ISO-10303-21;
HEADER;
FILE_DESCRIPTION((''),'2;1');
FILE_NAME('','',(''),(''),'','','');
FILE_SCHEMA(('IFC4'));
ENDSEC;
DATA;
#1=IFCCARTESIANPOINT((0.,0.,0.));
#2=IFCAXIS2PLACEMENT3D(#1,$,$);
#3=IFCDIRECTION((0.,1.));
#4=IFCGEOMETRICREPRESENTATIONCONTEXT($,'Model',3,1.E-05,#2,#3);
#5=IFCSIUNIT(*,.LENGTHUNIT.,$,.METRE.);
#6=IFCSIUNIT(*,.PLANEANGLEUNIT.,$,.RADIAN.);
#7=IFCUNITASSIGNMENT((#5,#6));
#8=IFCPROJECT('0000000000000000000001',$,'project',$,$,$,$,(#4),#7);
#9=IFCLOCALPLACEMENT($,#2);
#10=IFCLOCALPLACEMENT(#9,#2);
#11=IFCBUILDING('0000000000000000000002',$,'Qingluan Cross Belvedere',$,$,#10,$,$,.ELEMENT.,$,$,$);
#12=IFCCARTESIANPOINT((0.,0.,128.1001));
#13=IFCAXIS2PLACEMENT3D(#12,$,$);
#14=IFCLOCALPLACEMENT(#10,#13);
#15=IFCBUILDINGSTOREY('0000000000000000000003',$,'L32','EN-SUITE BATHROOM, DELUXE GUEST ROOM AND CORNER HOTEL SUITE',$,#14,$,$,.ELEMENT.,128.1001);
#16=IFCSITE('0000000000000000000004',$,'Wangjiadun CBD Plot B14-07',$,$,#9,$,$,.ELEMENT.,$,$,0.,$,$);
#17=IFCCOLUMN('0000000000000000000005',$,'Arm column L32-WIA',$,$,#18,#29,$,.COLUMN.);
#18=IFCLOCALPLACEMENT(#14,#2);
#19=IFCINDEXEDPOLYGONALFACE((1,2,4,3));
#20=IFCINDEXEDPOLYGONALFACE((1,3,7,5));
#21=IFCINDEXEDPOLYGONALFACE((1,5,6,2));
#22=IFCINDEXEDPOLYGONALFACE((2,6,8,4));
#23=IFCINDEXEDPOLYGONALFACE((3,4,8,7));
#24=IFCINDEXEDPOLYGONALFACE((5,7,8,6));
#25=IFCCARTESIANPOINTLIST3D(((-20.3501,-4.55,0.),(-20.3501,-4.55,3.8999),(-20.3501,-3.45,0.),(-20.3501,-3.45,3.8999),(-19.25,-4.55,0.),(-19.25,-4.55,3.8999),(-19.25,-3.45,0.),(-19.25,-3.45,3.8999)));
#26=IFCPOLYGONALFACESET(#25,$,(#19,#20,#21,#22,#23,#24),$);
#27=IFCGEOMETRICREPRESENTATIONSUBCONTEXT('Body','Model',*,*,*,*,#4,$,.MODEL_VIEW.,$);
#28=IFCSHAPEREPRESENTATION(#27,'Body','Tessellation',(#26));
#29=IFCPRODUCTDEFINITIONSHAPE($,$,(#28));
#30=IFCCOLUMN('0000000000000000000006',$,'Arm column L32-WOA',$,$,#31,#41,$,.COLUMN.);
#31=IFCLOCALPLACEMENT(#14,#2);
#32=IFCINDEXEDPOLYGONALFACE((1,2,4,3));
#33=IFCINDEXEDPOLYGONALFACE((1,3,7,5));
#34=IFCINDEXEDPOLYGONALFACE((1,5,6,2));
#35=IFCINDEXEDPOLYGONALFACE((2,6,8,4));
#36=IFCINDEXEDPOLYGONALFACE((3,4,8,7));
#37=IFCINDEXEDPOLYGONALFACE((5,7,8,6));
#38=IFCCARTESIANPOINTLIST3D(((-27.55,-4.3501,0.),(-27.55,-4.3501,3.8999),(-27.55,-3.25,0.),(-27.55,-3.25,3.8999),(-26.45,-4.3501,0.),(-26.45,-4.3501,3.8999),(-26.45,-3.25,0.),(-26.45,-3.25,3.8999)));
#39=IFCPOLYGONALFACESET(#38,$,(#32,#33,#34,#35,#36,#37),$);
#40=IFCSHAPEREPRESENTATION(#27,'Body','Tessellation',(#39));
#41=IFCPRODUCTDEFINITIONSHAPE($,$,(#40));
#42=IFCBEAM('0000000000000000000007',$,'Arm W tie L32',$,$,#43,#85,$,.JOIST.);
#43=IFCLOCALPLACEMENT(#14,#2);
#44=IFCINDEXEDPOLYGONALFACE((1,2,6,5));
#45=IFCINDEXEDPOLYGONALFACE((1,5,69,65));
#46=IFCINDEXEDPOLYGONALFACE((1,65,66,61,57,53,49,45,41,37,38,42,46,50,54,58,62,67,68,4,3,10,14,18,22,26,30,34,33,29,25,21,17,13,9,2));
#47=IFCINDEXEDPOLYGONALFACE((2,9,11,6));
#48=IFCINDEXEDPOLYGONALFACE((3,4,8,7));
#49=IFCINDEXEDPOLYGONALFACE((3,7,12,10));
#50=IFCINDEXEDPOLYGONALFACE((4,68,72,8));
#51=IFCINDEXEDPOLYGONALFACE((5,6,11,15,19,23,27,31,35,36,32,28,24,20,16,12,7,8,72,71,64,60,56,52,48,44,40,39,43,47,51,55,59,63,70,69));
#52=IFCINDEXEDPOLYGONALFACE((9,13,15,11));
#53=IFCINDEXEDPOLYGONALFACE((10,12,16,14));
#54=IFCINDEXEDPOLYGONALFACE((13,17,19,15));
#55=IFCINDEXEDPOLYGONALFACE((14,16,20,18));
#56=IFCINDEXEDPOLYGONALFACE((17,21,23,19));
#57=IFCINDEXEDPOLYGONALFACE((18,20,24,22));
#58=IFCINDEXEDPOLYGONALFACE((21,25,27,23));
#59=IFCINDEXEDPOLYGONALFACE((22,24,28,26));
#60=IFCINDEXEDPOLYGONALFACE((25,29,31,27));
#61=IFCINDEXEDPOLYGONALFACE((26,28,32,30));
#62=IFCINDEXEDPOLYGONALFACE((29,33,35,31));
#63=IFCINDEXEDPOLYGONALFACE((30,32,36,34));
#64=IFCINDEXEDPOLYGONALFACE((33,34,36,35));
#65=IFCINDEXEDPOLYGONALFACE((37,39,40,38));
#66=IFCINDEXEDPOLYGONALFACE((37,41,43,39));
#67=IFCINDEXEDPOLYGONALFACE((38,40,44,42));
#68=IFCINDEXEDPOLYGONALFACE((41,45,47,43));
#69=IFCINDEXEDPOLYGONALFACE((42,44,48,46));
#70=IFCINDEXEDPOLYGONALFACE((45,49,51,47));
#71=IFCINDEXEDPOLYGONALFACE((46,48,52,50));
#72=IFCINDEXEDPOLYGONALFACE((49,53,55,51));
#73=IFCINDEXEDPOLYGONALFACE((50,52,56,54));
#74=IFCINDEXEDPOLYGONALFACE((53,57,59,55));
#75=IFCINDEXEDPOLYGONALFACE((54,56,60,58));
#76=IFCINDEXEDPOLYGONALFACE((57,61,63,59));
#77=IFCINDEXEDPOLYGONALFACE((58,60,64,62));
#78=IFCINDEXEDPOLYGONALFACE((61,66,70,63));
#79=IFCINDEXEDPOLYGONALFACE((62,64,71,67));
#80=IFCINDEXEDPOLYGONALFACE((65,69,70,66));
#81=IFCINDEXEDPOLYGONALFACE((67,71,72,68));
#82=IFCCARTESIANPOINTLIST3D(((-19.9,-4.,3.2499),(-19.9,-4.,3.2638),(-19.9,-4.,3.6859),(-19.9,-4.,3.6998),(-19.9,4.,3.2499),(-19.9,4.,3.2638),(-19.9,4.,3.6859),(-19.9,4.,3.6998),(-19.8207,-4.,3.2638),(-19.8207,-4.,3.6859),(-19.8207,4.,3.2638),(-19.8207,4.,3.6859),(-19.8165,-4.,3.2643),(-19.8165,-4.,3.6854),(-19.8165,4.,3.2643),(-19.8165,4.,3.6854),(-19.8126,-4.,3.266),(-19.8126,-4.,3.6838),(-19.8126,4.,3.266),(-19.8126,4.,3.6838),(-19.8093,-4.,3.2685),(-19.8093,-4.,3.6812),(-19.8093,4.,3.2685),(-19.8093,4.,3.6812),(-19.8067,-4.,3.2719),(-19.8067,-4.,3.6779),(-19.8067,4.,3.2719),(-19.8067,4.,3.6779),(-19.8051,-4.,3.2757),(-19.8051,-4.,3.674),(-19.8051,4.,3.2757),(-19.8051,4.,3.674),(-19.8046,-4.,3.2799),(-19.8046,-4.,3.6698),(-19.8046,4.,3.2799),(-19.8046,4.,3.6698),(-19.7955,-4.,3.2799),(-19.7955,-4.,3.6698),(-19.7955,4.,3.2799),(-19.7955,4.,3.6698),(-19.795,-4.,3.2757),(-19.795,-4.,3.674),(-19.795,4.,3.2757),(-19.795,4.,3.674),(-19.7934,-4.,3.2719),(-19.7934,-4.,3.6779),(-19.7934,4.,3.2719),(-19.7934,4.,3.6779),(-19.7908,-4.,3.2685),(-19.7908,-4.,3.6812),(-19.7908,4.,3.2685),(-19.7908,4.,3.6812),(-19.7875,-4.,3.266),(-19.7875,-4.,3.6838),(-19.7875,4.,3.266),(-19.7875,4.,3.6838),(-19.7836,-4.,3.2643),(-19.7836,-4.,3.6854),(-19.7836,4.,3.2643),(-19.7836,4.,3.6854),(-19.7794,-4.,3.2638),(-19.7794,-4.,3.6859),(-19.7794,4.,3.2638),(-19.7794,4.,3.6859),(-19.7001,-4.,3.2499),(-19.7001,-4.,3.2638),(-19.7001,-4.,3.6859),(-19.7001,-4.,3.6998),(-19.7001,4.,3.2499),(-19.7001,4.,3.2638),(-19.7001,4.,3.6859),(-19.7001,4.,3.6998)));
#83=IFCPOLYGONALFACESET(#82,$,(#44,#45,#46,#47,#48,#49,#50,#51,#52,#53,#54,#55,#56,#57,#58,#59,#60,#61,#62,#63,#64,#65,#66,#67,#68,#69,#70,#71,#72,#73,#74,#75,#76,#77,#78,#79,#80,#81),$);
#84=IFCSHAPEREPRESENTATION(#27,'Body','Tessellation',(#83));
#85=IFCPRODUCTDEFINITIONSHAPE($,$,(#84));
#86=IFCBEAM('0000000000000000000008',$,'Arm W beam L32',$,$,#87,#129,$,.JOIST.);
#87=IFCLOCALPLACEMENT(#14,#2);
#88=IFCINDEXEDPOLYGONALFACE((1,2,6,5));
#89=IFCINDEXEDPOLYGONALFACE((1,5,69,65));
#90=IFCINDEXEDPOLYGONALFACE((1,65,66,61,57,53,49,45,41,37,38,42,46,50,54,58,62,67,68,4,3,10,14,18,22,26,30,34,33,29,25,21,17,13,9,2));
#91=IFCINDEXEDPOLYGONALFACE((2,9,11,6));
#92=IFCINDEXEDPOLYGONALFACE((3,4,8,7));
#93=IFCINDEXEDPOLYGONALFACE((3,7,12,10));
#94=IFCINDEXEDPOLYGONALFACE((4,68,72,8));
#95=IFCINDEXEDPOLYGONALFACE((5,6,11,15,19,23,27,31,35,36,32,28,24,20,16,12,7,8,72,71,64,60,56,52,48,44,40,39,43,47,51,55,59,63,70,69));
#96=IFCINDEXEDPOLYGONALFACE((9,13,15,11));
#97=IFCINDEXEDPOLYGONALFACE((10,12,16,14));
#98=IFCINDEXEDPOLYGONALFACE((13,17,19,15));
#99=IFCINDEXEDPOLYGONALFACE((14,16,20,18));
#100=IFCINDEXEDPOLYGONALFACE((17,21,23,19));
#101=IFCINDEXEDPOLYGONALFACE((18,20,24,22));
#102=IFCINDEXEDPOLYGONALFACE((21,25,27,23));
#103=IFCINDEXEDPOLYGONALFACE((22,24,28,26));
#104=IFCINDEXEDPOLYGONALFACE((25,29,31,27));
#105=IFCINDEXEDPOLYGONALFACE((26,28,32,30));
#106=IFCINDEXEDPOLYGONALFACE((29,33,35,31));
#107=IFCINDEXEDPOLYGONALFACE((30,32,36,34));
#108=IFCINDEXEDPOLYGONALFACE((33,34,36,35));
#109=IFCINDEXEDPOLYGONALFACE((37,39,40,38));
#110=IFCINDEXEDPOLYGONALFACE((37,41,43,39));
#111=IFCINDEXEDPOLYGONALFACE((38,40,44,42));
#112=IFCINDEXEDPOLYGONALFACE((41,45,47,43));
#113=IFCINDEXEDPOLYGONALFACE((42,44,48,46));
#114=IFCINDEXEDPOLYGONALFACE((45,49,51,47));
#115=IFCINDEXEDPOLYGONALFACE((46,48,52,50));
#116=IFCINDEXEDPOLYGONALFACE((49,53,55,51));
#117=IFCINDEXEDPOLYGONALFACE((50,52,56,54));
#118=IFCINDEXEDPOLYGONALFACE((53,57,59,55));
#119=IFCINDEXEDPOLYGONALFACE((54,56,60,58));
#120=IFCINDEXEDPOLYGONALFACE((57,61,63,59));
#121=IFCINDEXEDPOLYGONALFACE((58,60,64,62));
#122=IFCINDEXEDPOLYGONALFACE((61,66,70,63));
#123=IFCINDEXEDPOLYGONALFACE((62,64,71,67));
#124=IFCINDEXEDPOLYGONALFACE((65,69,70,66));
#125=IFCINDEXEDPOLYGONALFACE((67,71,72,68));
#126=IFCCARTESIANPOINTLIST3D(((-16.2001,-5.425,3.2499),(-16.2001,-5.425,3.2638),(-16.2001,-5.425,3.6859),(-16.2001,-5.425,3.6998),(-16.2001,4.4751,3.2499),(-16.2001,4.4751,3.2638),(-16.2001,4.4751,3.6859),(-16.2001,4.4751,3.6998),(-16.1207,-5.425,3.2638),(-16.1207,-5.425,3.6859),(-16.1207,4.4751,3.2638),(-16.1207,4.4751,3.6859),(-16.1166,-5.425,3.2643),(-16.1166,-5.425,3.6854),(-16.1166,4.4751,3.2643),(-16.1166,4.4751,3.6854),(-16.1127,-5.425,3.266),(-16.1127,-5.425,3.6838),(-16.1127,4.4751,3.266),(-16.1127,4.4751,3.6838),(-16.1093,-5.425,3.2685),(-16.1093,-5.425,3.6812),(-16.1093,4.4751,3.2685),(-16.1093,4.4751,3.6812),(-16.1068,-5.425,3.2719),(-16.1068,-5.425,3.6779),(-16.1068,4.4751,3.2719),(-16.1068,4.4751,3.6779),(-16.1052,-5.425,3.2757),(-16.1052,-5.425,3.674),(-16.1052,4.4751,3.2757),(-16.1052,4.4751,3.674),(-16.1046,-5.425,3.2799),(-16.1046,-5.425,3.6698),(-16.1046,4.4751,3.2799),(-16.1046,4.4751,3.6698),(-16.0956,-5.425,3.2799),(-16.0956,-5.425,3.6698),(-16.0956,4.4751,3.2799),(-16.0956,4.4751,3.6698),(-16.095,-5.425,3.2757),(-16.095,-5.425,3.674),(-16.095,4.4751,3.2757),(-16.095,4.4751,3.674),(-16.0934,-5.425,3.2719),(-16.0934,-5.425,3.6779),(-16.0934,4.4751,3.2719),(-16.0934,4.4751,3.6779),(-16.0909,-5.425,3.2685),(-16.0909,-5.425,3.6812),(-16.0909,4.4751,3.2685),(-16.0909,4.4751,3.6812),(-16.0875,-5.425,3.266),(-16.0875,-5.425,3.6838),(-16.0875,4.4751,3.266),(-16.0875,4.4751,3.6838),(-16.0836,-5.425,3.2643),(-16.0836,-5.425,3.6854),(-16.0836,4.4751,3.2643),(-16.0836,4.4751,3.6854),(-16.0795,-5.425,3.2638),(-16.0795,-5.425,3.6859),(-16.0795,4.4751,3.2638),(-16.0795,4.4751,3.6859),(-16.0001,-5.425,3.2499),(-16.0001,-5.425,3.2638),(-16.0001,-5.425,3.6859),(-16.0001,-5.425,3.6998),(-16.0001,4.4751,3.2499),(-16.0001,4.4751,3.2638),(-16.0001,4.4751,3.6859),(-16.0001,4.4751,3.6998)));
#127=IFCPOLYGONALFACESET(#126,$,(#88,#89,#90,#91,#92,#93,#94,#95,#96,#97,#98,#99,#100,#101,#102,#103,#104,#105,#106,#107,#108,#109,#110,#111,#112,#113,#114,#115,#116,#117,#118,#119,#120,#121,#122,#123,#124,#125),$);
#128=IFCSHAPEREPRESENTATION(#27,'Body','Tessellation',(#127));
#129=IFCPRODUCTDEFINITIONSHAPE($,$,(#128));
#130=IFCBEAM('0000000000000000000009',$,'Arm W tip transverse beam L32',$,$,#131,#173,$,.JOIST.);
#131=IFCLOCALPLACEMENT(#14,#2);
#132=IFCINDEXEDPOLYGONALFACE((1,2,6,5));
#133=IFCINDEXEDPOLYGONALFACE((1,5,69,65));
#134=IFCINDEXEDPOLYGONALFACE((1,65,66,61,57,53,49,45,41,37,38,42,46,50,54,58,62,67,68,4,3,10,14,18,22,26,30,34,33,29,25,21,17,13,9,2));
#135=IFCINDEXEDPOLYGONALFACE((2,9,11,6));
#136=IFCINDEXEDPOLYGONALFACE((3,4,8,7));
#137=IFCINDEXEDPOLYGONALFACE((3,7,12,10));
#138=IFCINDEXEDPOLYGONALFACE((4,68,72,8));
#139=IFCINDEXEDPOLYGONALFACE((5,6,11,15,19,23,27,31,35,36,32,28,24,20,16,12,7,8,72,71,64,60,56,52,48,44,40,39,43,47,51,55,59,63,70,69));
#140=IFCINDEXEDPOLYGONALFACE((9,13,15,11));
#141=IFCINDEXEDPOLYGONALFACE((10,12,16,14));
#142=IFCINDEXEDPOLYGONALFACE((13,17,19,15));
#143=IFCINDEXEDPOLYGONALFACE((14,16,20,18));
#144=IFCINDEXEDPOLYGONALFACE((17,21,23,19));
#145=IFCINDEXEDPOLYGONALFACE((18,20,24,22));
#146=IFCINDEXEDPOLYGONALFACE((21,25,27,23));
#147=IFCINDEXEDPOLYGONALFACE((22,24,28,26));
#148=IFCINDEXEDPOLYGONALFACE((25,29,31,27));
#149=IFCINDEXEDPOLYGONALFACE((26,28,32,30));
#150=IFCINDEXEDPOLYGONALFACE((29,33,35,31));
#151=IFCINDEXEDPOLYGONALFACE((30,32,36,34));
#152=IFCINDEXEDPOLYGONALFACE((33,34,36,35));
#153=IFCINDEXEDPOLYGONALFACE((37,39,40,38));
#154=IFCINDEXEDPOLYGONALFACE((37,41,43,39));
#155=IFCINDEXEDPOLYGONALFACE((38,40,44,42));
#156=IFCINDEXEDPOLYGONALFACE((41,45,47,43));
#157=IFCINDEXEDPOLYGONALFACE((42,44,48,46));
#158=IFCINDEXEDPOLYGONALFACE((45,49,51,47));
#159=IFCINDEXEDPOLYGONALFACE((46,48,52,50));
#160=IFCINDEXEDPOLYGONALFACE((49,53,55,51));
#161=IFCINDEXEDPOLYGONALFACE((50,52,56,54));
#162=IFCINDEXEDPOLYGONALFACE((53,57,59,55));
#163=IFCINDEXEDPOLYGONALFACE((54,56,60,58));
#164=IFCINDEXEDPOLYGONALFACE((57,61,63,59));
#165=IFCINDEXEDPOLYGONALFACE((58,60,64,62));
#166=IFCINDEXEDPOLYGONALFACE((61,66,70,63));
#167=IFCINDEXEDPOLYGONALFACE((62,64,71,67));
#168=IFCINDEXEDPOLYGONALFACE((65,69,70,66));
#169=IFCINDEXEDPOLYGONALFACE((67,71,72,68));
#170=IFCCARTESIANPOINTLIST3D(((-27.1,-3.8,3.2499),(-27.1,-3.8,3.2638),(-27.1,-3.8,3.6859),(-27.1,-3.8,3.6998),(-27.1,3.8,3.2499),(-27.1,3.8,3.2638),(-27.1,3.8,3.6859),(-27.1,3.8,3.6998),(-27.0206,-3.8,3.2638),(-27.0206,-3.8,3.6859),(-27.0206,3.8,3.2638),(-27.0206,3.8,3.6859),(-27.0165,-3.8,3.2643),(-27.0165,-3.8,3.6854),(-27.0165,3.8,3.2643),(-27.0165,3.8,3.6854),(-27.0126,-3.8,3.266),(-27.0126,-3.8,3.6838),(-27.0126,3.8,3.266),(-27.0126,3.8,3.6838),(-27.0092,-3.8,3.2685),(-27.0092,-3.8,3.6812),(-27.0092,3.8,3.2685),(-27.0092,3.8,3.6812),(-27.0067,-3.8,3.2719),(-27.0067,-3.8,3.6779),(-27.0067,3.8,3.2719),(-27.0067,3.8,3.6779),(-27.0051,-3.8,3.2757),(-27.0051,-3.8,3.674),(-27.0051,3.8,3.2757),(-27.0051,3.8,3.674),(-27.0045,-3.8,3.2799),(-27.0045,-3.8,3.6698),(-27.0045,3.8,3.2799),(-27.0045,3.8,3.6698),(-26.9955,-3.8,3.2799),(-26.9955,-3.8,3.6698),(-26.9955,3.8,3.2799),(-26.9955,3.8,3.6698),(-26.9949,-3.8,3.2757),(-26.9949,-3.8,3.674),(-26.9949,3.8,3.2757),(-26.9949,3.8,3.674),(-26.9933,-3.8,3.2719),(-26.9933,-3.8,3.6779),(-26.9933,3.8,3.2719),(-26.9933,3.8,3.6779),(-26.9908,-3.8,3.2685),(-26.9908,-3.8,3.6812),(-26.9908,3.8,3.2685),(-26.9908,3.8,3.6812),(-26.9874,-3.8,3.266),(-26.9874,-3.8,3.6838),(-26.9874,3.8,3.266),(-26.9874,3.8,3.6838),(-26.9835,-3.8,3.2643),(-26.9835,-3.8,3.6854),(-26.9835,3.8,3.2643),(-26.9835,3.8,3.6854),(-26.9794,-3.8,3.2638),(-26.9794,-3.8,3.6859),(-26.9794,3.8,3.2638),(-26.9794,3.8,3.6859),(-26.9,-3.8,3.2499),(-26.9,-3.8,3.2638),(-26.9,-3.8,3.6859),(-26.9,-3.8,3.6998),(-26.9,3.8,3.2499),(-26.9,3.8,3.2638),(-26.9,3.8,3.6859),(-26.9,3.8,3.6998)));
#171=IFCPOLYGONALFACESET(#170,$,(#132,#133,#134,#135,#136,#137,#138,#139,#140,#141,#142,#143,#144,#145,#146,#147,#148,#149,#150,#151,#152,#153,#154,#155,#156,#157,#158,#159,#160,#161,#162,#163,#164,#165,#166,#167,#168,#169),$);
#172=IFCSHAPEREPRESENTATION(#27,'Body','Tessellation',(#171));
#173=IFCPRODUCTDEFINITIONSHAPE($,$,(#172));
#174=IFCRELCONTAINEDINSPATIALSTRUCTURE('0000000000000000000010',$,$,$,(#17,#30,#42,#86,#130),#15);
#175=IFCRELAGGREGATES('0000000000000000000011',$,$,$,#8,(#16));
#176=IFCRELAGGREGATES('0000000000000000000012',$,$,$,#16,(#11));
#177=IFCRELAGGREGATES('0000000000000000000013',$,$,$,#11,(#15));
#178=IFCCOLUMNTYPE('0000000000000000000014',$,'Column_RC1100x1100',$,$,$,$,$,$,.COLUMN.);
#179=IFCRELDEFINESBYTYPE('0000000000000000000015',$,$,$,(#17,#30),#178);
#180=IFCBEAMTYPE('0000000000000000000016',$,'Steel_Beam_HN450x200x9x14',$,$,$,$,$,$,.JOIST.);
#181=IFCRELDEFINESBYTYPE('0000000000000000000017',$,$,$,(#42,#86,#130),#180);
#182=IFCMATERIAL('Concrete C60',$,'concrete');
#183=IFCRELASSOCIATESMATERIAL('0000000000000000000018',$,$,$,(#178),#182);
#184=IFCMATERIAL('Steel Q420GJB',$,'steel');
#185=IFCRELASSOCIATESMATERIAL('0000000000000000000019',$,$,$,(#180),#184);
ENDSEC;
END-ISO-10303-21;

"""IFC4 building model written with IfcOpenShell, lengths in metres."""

from ifc_helpers import new_model, si_unit, direction, frame, origin, origin_2d, place, context, subcontext, project, spatial, rectangle, i_section, extrude, material, material_profile, profile_set, type_object, element, save


model = new_model("IFC4")

# Units and contexts
model_context = context("Model", 3, precision=1e-05, world=origin(), true_north=direction((0.0, 1.0)))
body_context = subcontext(model_context, "Body", "Model", "MODEL_VIEW")
ifc_project = project(units=[si_unit("LENGTHUNIT", "METRE"), si_unit("PLANEANGLEUNIT", "RADIAN")], contexts=[model_context])

# Site, building, storey
site_placement = place(None, origin())
site = spatial("IfcSite", under=ifc_project, at=site_placement, Name="Wangjiadun CBD Plot B14-07", CompositionType="ELEMENT", RefElevation=0.0)
building_placement = place(site_placement, origin())
building = spatial("IfcBuilding", under=site, at=building_placement, Name="Qingluan Cross Belvedere", CompositionType="ELEMENT")
storey_placement = place(building_placement, frame((0.0, 0.0, 128.1001)))
storey = spatial("IfcBuildingStorey", under=building, at=storey_placement, Name="L32", Description="EN-SUITE BATHROOM, DELUXE GUEST ROOM AND CORNER HOTEL SUITE", CompositionType="ELEMENT", Elevation=128.1001)

# Columns
ifc_material_1 = material(Name="Concrete C60", Category="concrete")
ifc_material_profile_1 = material_profile(ifc_material_1, rectangle(XDim=1.1001, YDim=1.1001, at=origin_2d()), Name="RC1100x1100")
ifc_profile_set_1 = profile_set([ifc_material_profile_1], Name="Concrete C60")
column_type = type_object("IfcColumnType", Name="Column_RC1100x1100", PredefinedType="COLUMN", material=ifc_profile_set_1)
for number, where, z_axis, x_axis, name in (
    (1, (-19.8, -4.0, 0.0), (0.0, 0.0, 1.0), (1.0, 0.0, 0.0), "Arm column L32-WIA"),
    (2, (-27.0, -3.8, 0.0), (0.0, 0.0, 1.0), (1.0, 0.0, 0.0), "Arm column L32-WOA"),
):
    element("IfcColumn", number, at=place(storey_placement, frame(where, z_axis=z_axis, x_axis=x_axis)), inside=storey, type_object=column_type, Name=name, PredefinedType="COLUMN", context=body_context, shape_type="SweptSolid", body=[
        extrude(rectangle(XDim=1.1001, YDim=1.1001, at=origin_2d()), origin(), (0.0, 0.0, 1.0), 3.8999),
    ])

# Beams
ifc_material_2 = material(Name="Steel Q420GJB", Category="steel")
ifc_material_profile_2 = material_profile(ifc_material_2, i_section(OverallWidth=0.2, OverallDepth=0.45, WebThickness=0.009, FlangeThickness=0.0139, FilletRadius=0.0161, at=origin_2d()), Name="HN450x200x9x14")
ifc_profile_set_2 = profile_set([ifc_material_profile_2], Name="Steel Q420GJB")
beam_type_1 = type_object("IfcBeamType", Name="Steel_Beam_HN450x200x9x14", PredefinedType="JOIST", material=ifc_profile_set_2)
beam_1_placement = place(storey_placement, frame((-19.8, -4.0, 3.4749), z_axis=(0.0, 1.0, 0.0), x_axis=(-1.0, 0.0, 0.0)))
element("IfcBeam", 3, at=beam_1_placement, inside=storey, type_object=beam_type_1, Name="Arm W tie L32", PredefinedType="JOIST", context=body_context, shape_type="SweptSolid", body=[
    extrude(i_section(OverallWidth=0.2, OverallDepth=0.45, WebThickness=0.009, FlangeThickness=0.0139, FilletRadius=0.0161, at=origin_2d()), origin(), (0.0, 0.0, 1.0), 8.0),
])
beam_2_placement = place(storey_placement, frame((-16.1001, -5.425, 3.4749), z_axis=(0.0, 1.0, 0.0), x_axis=(-1.0, 0.0, 0.0)))
element("IfcBeam", 4, at=beam_2_placement, inside=storey, type_object=beam_type_1, Name="Arm W beam L32", PredefinedType="JOIST", context=body_context, shape_type="SweptSolid", body=[
    extrude(i_section(OverallWidth=0.2, OverallDepth=0.45, WebThickness=0.009, FlangeThickness=0.0139, FilletRadius=0.0161, at=origin_2d()), origin(), (0.0, 0.0, 1.0), 9.9001),
])
beam_3_placement = place(storey_placement, frame((-27.0, -3.8, 3.4749), z_axis=(0.0, 1.0, 0.0), x_axis=(-1.0, 0.0, 0.0)))
element("IfcBeam", 5, at=beam_3_placement, inside=storey, type_object=beam_type_1, Name="Arm W tip transverse beam L32", PredefinedType="JOIST", context=body_context, shape_type="SweptSolid", body=[
    extrude(i_section(OverallWidth=0.2, OverallDepth=0.45, WebThickness=0.009, FlangeThickness=0.0139, FilletRadius=0.0161, at=origin_2d()), origin(), (0.0, 0.0, 1.0), 7.6001),
])

save(model, "model.ifc")
